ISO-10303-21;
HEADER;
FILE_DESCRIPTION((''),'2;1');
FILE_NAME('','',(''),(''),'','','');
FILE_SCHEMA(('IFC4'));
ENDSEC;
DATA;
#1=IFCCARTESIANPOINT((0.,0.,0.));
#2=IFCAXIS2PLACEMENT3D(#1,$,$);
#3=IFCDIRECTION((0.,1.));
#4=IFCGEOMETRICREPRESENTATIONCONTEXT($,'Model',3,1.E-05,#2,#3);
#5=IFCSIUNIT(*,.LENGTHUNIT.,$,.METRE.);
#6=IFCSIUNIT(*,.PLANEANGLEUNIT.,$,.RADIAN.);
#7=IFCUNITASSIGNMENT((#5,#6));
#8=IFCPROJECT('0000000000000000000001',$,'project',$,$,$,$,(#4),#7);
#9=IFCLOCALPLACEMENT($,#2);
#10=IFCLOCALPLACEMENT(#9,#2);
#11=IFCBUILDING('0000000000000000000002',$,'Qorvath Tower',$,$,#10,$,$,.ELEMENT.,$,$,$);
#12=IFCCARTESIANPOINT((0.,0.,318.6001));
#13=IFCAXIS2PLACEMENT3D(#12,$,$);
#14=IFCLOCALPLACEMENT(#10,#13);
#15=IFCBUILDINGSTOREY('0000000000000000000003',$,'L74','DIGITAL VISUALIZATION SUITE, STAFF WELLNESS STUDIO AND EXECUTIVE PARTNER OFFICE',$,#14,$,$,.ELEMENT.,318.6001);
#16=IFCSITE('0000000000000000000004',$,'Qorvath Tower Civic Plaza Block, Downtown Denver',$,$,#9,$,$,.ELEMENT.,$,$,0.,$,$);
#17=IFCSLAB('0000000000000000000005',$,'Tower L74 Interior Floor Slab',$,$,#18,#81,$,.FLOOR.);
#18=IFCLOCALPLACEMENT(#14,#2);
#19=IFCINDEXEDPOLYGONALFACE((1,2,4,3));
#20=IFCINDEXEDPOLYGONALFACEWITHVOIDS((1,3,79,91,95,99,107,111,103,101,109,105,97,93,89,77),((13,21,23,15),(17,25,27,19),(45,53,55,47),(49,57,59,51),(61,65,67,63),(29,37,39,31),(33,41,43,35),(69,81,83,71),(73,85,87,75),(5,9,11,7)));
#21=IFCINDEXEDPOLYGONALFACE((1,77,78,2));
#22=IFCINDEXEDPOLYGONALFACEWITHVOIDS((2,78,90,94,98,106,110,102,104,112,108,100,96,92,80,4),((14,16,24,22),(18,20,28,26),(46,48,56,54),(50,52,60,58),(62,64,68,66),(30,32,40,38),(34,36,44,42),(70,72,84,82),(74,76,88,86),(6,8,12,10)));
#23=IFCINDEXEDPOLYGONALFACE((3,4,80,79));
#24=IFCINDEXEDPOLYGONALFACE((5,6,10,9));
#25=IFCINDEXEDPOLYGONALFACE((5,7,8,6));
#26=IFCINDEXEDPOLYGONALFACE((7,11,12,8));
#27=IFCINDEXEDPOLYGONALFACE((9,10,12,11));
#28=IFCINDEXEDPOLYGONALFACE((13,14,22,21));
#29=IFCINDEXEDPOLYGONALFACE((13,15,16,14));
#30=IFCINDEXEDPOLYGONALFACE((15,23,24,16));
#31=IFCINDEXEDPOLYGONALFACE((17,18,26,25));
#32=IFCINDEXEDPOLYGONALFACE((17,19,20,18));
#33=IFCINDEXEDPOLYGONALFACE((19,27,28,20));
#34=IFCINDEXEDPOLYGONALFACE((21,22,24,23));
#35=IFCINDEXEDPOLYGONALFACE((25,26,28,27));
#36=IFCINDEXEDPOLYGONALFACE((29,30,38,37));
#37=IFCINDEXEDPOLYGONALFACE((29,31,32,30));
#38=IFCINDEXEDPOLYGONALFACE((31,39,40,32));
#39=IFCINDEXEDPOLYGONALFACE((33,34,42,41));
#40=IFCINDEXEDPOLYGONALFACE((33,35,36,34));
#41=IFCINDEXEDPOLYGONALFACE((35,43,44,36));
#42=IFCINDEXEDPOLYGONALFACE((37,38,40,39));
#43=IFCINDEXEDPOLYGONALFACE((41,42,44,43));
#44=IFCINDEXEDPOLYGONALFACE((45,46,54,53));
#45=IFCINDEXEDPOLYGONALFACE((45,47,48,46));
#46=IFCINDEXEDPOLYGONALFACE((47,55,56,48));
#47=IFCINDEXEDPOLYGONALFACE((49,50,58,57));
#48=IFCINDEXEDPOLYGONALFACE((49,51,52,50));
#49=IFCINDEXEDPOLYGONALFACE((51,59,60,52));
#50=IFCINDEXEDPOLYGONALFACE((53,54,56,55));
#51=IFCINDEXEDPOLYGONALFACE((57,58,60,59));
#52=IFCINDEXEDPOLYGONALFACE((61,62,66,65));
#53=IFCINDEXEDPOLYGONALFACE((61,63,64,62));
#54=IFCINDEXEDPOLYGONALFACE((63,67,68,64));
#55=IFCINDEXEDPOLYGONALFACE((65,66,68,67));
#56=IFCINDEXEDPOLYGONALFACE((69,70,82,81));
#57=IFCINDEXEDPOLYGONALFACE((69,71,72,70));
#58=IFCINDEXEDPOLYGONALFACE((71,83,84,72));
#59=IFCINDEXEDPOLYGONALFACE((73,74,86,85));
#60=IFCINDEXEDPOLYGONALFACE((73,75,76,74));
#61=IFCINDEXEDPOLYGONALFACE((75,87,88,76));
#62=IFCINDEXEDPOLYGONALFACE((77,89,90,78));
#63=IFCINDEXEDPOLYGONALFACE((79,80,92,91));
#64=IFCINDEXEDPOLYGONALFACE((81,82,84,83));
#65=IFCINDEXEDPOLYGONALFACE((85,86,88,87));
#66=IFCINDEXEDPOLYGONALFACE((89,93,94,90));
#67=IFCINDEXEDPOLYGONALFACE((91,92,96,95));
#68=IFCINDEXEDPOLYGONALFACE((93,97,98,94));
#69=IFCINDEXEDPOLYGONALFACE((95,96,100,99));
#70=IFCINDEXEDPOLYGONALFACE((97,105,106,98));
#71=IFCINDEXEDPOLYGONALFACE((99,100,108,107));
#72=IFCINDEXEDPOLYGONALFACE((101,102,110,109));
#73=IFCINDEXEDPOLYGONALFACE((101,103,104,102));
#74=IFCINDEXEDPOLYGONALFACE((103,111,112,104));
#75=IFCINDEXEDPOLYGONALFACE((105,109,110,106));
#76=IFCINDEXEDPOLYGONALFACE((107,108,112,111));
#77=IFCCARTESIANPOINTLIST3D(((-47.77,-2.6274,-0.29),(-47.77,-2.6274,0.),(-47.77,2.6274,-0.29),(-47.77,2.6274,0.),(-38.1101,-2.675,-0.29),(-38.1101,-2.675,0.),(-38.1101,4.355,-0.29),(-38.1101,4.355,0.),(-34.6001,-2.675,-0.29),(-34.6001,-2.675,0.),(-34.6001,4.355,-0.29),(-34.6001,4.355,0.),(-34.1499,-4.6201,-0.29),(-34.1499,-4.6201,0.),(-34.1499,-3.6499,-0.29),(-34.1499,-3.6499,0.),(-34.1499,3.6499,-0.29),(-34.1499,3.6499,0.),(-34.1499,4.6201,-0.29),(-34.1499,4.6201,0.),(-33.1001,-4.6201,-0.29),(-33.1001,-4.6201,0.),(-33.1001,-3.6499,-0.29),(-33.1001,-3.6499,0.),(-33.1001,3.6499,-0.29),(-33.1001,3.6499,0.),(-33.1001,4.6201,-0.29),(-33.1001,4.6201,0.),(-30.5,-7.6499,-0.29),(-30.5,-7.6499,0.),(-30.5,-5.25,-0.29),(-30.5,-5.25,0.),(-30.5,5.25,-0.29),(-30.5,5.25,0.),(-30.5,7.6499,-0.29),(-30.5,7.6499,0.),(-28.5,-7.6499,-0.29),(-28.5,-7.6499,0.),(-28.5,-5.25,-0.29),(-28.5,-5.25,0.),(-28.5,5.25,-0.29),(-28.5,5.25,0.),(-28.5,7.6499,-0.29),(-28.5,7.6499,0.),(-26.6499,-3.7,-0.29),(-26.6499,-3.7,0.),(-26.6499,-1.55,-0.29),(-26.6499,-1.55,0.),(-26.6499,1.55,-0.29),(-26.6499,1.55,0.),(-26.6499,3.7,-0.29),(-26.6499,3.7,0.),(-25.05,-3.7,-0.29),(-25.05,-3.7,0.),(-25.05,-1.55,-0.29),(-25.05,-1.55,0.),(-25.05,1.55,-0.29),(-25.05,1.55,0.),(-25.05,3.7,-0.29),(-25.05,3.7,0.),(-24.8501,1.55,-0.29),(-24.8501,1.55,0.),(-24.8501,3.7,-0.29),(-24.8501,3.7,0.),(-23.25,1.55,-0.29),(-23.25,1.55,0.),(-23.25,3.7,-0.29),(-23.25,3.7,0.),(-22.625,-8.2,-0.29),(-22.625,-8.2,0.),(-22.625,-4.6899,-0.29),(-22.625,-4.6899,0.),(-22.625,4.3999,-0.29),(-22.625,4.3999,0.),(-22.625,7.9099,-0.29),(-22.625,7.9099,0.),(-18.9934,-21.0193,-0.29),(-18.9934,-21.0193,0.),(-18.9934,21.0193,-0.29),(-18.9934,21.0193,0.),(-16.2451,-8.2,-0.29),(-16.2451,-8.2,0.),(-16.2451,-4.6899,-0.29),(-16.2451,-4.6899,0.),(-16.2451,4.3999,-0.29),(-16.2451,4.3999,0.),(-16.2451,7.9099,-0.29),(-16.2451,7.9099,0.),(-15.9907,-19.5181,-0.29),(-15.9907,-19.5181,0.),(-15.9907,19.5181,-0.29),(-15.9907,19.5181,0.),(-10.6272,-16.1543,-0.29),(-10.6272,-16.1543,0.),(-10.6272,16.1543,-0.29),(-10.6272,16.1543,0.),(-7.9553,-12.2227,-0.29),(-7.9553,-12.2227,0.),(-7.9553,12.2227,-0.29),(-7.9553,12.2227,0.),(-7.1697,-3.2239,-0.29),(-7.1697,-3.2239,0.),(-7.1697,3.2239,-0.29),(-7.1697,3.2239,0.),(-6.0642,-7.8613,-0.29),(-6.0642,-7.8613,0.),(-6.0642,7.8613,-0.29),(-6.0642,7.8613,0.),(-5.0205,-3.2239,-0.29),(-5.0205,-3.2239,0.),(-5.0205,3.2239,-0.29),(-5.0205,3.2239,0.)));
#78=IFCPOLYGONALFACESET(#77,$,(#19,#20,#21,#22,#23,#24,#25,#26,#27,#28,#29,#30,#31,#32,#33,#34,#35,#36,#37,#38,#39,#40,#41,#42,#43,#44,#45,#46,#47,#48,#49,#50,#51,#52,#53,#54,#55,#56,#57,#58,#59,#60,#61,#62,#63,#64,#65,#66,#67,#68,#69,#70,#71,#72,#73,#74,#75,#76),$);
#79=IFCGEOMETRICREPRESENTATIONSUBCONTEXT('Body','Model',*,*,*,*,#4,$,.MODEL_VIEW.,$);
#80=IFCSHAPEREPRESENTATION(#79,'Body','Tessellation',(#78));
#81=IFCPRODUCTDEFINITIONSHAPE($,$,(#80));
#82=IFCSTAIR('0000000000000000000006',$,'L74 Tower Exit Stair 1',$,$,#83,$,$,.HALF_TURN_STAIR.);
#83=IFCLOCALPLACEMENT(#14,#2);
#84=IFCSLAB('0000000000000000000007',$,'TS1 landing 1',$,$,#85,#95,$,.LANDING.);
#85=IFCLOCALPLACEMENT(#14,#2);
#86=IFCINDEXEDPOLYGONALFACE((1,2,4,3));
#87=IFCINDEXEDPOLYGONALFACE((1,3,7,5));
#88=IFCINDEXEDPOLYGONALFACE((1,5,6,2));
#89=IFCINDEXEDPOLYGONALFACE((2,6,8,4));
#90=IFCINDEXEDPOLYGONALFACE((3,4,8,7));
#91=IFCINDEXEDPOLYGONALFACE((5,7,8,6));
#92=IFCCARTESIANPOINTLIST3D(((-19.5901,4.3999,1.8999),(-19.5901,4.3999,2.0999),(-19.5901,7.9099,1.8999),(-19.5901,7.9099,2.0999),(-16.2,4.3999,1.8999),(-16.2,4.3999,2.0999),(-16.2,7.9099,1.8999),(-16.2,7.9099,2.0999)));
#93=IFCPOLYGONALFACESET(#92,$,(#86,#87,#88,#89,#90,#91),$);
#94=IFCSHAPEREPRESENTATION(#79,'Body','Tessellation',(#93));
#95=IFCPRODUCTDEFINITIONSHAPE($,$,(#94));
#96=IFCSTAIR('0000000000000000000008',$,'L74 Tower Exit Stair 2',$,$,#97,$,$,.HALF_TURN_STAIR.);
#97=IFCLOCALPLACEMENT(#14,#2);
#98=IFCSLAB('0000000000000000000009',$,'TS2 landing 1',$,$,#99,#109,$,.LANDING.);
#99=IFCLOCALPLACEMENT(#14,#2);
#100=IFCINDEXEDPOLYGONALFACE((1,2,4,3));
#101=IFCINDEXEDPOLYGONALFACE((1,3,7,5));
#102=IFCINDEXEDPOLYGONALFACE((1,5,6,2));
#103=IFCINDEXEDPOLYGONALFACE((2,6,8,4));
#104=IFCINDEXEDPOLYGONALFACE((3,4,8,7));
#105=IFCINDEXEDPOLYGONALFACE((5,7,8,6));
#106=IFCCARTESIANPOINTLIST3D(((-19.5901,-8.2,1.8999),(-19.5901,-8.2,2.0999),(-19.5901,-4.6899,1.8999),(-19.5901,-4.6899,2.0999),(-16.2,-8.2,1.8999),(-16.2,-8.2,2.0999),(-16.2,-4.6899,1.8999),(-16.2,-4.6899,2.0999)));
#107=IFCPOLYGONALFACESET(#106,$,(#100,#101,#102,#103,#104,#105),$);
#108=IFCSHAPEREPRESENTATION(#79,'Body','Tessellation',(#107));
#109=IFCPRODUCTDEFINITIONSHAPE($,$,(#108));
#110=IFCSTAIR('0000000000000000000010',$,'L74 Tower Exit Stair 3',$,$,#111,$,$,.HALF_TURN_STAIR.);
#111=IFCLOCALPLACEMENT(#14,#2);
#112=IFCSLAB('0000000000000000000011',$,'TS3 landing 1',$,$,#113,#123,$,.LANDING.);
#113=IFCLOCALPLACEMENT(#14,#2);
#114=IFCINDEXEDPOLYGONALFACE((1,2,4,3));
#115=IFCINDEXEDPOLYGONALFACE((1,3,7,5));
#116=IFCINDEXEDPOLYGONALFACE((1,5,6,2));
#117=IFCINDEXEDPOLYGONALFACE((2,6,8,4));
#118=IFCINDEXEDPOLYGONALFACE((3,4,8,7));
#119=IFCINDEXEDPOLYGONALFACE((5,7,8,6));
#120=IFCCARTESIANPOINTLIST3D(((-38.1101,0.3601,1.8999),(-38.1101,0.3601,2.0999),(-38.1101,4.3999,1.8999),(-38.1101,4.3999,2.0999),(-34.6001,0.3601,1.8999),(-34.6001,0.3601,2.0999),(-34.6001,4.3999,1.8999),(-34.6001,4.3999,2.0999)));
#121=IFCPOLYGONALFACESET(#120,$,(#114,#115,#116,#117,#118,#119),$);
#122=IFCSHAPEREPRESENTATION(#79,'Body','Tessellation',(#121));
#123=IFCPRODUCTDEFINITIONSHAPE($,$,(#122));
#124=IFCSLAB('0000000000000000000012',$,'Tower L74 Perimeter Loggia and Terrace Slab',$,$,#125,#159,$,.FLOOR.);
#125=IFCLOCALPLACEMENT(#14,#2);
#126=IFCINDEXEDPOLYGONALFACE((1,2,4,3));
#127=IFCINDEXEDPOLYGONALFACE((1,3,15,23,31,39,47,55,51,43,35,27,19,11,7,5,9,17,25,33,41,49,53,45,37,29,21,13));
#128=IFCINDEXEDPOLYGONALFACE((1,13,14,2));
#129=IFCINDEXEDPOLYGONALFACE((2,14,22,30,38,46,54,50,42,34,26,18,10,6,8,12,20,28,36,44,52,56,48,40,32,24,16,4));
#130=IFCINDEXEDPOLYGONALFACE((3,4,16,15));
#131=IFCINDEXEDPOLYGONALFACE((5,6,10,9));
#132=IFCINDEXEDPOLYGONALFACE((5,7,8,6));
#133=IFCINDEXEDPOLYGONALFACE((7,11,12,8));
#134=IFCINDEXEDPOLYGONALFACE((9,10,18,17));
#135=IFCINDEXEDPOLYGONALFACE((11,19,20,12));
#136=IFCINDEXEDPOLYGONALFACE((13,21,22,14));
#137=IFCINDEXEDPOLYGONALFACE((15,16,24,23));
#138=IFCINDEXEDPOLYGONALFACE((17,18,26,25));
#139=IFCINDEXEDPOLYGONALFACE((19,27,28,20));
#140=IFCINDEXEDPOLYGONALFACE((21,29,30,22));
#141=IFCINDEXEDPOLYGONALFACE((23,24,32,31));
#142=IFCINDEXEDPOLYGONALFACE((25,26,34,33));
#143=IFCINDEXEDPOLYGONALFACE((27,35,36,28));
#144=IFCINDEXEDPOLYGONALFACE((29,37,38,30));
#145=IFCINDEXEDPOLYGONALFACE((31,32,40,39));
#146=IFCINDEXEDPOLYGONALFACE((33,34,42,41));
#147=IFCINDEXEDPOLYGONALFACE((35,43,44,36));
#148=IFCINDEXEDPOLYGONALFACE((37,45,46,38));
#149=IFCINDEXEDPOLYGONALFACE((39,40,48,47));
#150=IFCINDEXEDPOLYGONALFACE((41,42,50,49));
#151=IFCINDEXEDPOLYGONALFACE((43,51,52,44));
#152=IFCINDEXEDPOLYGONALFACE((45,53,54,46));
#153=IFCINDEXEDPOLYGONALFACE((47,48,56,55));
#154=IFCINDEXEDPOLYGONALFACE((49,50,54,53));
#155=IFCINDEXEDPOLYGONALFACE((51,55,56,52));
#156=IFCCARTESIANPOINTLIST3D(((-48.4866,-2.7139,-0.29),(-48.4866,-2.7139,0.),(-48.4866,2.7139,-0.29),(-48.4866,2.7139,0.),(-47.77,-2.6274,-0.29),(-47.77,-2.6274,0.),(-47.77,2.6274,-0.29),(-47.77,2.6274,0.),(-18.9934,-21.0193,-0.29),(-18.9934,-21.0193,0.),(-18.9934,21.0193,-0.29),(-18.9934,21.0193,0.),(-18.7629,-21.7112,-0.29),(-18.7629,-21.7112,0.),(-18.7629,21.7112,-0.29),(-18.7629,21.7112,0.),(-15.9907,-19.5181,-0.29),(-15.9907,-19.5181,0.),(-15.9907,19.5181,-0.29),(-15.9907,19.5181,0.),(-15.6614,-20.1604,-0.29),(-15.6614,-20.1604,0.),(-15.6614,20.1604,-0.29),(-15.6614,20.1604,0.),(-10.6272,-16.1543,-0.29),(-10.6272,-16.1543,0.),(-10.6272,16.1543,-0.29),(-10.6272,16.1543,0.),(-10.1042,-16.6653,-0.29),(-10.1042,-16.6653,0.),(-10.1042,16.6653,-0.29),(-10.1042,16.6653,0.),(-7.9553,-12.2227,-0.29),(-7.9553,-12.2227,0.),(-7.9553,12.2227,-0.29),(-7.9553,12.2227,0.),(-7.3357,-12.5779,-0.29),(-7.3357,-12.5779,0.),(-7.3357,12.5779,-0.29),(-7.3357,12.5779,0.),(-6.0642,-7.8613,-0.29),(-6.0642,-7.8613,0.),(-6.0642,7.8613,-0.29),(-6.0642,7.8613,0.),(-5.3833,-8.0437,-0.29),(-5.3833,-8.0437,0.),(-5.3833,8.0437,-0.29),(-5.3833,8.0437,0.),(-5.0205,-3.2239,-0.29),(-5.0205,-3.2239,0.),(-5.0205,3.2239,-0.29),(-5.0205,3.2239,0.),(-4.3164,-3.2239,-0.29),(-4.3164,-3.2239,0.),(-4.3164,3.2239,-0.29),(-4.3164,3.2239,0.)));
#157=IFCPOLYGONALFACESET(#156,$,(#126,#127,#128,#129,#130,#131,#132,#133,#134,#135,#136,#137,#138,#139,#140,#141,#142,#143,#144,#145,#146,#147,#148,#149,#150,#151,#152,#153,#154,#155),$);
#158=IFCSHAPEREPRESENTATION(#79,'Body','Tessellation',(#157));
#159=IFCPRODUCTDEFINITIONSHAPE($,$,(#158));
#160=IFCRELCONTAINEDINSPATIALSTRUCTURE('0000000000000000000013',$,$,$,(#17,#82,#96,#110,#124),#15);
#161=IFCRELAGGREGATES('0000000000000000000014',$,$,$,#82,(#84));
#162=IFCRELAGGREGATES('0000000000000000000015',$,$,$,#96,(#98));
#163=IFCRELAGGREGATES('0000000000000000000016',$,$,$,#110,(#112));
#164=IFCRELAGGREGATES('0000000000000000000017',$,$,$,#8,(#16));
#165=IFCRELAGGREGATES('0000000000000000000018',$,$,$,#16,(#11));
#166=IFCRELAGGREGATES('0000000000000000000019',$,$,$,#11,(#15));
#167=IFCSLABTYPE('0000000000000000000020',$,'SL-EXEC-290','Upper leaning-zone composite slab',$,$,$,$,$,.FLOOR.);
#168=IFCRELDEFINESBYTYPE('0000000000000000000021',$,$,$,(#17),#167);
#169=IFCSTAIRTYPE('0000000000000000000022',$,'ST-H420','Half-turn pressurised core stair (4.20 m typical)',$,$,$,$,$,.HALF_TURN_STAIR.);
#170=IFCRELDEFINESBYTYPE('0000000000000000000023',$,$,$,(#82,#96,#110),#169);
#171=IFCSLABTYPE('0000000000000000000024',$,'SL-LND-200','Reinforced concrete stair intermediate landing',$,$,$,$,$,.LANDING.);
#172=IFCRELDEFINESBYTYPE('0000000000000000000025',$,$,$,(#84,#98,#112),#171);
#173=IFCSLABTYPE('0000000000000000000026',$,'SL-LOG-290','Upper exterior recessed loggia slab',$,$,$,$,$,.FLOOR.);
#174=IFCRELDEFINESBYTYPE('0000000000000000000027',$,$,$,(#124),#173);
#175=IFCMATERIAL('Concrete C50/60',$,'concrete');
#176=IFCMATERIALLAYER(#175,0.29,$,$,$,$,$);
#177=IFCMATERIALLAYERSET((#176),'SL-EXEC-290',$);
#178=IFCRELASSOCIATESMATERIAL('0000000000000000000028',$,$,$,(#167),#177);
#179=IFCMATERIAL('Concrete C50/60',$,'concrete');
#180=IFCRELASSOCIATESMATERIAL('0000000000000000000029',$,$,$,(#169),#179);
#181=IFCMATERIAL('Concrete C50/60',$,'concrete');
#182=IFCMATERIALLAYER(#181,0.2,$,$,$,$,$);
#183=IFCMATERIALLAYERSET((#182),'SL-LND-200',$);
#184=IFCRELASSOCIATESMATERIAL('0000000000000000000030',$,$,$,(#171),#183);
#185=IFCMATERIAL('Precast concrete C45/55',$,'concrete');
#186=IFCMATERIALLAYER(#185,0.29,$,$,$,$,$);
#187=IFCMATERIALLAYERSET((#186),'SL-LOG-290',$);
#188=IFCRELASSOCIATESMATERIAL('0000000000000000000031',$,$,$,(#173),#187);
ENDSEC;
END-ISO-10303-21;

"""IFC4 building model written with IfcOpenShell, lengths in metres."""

from ifc_helpers import new_model, si_unit, direction, frame, origin, place, context, subcontext, project, spatial, polyline, outline, extrude, material, layer, layer_set, type_object, element, aggregate, save


model = new_model("IFC4")

# Units and contexts
model_context = context("Model", 3, precision=1e-05, world=origin(), true_north=direction((0.0, 1.0)))
body_context = subcontext(model_context, "Body", "Model", "MODEL_VIEW")
ifc_project = project(units=[si_unit("LENGTHUNIT", "METRE"), si_unit("PLANEANGLEUNIT", "RADIAN")], contexts=[model_context])

# Site, building, storey
site_placement = place(None, origin())
site = spatial("IfcSite", under=ifc_project, at=site_placement, Name="Qorvath Tower Civic Plaza Block, Downtown Denver", CompositionType="ELEMENT", RefElevation=0.0)
building_placement = place(site_placement, origin())
building = spatial("IfcBuilding", under=site, at=building_placement, Name="Qorvath Tower", CompositionType="ELEMENT")
storey_placement = place(building_placement, frame((0.0, 0.0, 318.6001)))
storey = spatial("IfcBuildingStorey", under=building, at=storey_placement, Name="L74", Description="DIGITAL VISUALIZATION SUITE, STAFF WELLNESS STUDIO AND EXECUTIVE PARTNER OFFICE", CompositionType="ELEMENT", Elevation=318.6001)

# Slab
ifc_material_1 = material(Name="Concrete C50/60", Category="concrete")
ifc_layer_1 = layer(ifc_material_1, 0.29)
ifc_layer_set_1 = layer_set([ifc_layer_1], Name="SL-EXEC-290")
slab_type_1 = type_object("IfcSlabType", Name="SL-EXEC-290", Description="Upper leaning-zone composite slab", PredefinedType="FLOOR", material=ifc_layer_set_1)
slab_1_placement = place(storey_placement, frame((0.0, 0.0, -0.29)))
element("IfcSlab", 1, at=slab_1_placement, inside=storey, type_object=slab_type_1, Name="Tower L74 Interior Floor Slab", PredefinedType="FLOOR", context=body_context, shape_type="SweptSolid", body=[
    extrude(outline(polyline([(-47.77, 2.6274), (-47.77, -2.6274), (-18.9934, -21.0193), (-15.9907, -19.5181), (-10.6272, -16.1543), (-7.9553, -12.2227), (-6.0642, -7.8613), (-5.0205, -3.2239), (-7.1697, -3.2239), (-7.1697, 3.2239), (-5.0205, 3.2239), (-6.0642, 7.8613), (-7.9553, 12.2227), (-10.6272, 16.1543), (-15.9907, 19.5181), (-18.9934, 21.0193), (-47.77, 2.6274)]), holes=[polyline([(-16.2451, -8.2), (-22.625, -8.2), (-22.625, -4.6899), (-16.2451, -4.6899), (-16.2451, -8.2)]), polyline([(-22.625, 4.3999), (-22.625, 7.9099), (-16.2451, 7.9099), (-16.2451, 4.3999), (-22.625, 4.3999)]), polyline([(-23.25, 1.55), (-24.8501, 1.55), (-24.8501, 3.7), (-23.25, 3.7), (-23.25, 1.55)]), polyline([(-26.6499, -3.7), (-26.6499, -1.55), (-25.05, -1.55), (-25.05, -3.7), (-26.6499, -3.7)]), polyline([(-25.05, 1.55), (-26.6499, 1.55), (-26.6499, 3.7), (-25.05, 3.7), (-25.05, 1.55)]), polyline([(-28.5, -7.6499), (-30.5, -7.6499), (-30.5, -5.25), (-28.5, -5.25), (-28.5, -7.6499)]), polyline([(-30.5, 5.25), (-30.5, 7.6499), (-28.5, 7.6499), (-28.5, 5.25), (-30.5, 5.25)]), polyline([(-33.1001, -4.6201), (-34.1499, -4.6201), (-34.1499, -3.6499), (-33.1001, -3.6499), (-33.1001, -4.6201)]), polyline([(-33.1001, 3.6499), (-34.1499, 3.6499), (-34.1499, 4.6201), (-33.1001, 4.6201), (-33.1001, 3.6499)]), polyline([(-34.6001, -2.675), (-38.1101, -2.675), (-38.1101, 4.355), (-34.6001, 4.355), (-34.6001, -2.675)])]), origin(), (0.0, 0.0, 1.0), 0.29),
])

# Stairs, slabs
ifc_material_2 = material(Name="Concrete C50/60", Category="concrete")
stair_type = type_object("IfcStairType", Name="ST-H420", Description="Half-turn pressurised core stair (4.20 m typical)", PredefinedType="HALF_TURN_STAIR", material=ifc_material_2)
stair_1_placement = place(storey_placement, origin())
stair_1 = element("IfcStair", 2, at=stair_1_placement, inside=storey, type_object=stair_type, Name="L74 Tower Exit Stair 1", PredefinedType="HALF_TURN_STAIR")
ifc_material_3 = material(Name="Concrete C50/60", Category="concrete")
ifc_layer_2 = layer(ifc_material_3, 0.2)
ifc_layer_set_2 = layer_set([ifc_layer_2], Name="SL-LND-200")
slab_type_2 = type_object("IfcSlabType", Name="SL-LND-200", Description="Reinforced concrete stair intermediate landing", PredefinedType="LANDING", material=ifc_layer_set_2)
slab_2_placement = place(storey_placement, frame((0.0, 0.0, 1.8999)))
slab_2 = element("IfcSlab", 3, at=slab_2_placement, type_object=slab_type_2, Name="TS1 landing 1", PredefinedType="LANDING", context=body_context, shape_type="SweptSolid", body=[
    extrude(outline(polyline([(-19.5901, 4.3999), (-16.2, 4.3999), (-16.2, 7.9099), (-19.5901, 7.9099), (-19.5901, 4.3999)])), origin(), (0.0, 0.0, 1.0), 0.2),
])
aggregate(stair_1, [slab_2])
stair_2_placement = place(storey_placement, origin())
stair_2 = element("IfcStair", 4, at=stair_2_placement, inside=storey, type_object=stair_type, Name="L74 Tower Exit Stair 2", PredefinedType="HALF_TURN_STAIR")
slab_3_placement = place(storey_placement, frame((0.0, 0.0, 1.8999)))
slab_3 = element("IfcSlab", 5, at=slab_3_placement, type_object=slab_type_2, Name="TS2 landing 1", PredefinedType="LANDING", context=body_context, shape_type="SweptSolid", body=[
    extrude(outline(polyline([(-19.5901, -8.2), (-16.2, -8.2), (-16.2, -4.6899), (-19.5901, -4.6899), (-19.5901, -8.2)])), origin(), (0.0, 0.0, 1.0), 0.2),
])
aggregate(stair_2, [slab_3])
stair_3_placement = place(storey_placement, origin())
stair_3 = element("IfcStair", 6, at=stair_3_placement, inside=storey, type_object=stair_type, Name="L74 Tower Exit Stair 3", PredefinedType="HALF_TURN_STAIR")
slab_4_placement = place(storey_placement, frame((0.0, 0.0, 1.8999)))
slab_4 = element("IfcSlab", 7, at=slab_4_placement, type_object=slab_type_2, Name="TS3 landing 1", PredefinedType="LANDING", context=body_context, shape_type="SweptSolid", body=[
    extrude(outline(polyline([(-34.6001, 0.3601), (-34.6001, 4.3999), (-38.1101, 4.3999), (-38.1101, 0.3601), (-34.6001, 0.3601)])), origin(), (0.0, 0.0, 1.0), 0.2),
])
aggregate(stair_3, [slab_4])

# Slab
ifc_material_4 = material(Name="Precast concrete C45/55", Category="concrete")
ifc_layer_3 = layer(ifc_material_4, 0.29)
ifc_layer_set_3 = layer_set([ifc_layer_3], Name="SL-LOG-290")
slab_type_3 = type_object("IfcSlabType", Name="SL-LOG-290", Description="Upper exterior recessed loggia slab", PredefinedType="FLOOR", material=ifc_layer_set_3)
slab_5_placement = place(storey_placement, frame((0.0, 0.0, -0.29)))
element("IfcSlab", 8, at=slab_5_placement, inside=storey, type_object=slab_type_3, Name="Tower L74 Perimeter Loggia and Terrace Slab", PredefinedType="FLOOR", context=body_context, shape_type="SweptSolid", body=[
    extrude(outline(polyline([(-5.0205, -3.2239), (-6.0642, -7.8613), (-7.9553, -12.2227), (-10.6272, -16.1543), (-15.9907, -19.5181), (-18.9934, -21.0193), (-47.77, -2.6274), (-47.77, 2.6274), (-18.9934, 21.0193), (-15.9907, 19.5181), (-10.6272, 16.1543), (-7.9553, 12.2227), (-6.0642, 7.8613), (-5.0205, 3.2239), (-4.3164, 3.2239), (-5.3833, 8.0437), (-7.3357, 12.5779), (-10.1042, 16.6653), (-15.6614, 20.1604), (-18.7629, 21.7112), (-48.4866, 2.7139), (-48.4866, -2.7139), (-18.7629, -21.7112), (-15.6614, -20.1604), (-10.1042, -16.6653), (-7.3357, -12.5779), (-5.3833, -8.0437), (-4.3164, -3.2239), (-5.0205, -3.2239)])), origin(), (0.0, 0.0, 1.0), 0.29),
])

save(model, "model.ifc")
